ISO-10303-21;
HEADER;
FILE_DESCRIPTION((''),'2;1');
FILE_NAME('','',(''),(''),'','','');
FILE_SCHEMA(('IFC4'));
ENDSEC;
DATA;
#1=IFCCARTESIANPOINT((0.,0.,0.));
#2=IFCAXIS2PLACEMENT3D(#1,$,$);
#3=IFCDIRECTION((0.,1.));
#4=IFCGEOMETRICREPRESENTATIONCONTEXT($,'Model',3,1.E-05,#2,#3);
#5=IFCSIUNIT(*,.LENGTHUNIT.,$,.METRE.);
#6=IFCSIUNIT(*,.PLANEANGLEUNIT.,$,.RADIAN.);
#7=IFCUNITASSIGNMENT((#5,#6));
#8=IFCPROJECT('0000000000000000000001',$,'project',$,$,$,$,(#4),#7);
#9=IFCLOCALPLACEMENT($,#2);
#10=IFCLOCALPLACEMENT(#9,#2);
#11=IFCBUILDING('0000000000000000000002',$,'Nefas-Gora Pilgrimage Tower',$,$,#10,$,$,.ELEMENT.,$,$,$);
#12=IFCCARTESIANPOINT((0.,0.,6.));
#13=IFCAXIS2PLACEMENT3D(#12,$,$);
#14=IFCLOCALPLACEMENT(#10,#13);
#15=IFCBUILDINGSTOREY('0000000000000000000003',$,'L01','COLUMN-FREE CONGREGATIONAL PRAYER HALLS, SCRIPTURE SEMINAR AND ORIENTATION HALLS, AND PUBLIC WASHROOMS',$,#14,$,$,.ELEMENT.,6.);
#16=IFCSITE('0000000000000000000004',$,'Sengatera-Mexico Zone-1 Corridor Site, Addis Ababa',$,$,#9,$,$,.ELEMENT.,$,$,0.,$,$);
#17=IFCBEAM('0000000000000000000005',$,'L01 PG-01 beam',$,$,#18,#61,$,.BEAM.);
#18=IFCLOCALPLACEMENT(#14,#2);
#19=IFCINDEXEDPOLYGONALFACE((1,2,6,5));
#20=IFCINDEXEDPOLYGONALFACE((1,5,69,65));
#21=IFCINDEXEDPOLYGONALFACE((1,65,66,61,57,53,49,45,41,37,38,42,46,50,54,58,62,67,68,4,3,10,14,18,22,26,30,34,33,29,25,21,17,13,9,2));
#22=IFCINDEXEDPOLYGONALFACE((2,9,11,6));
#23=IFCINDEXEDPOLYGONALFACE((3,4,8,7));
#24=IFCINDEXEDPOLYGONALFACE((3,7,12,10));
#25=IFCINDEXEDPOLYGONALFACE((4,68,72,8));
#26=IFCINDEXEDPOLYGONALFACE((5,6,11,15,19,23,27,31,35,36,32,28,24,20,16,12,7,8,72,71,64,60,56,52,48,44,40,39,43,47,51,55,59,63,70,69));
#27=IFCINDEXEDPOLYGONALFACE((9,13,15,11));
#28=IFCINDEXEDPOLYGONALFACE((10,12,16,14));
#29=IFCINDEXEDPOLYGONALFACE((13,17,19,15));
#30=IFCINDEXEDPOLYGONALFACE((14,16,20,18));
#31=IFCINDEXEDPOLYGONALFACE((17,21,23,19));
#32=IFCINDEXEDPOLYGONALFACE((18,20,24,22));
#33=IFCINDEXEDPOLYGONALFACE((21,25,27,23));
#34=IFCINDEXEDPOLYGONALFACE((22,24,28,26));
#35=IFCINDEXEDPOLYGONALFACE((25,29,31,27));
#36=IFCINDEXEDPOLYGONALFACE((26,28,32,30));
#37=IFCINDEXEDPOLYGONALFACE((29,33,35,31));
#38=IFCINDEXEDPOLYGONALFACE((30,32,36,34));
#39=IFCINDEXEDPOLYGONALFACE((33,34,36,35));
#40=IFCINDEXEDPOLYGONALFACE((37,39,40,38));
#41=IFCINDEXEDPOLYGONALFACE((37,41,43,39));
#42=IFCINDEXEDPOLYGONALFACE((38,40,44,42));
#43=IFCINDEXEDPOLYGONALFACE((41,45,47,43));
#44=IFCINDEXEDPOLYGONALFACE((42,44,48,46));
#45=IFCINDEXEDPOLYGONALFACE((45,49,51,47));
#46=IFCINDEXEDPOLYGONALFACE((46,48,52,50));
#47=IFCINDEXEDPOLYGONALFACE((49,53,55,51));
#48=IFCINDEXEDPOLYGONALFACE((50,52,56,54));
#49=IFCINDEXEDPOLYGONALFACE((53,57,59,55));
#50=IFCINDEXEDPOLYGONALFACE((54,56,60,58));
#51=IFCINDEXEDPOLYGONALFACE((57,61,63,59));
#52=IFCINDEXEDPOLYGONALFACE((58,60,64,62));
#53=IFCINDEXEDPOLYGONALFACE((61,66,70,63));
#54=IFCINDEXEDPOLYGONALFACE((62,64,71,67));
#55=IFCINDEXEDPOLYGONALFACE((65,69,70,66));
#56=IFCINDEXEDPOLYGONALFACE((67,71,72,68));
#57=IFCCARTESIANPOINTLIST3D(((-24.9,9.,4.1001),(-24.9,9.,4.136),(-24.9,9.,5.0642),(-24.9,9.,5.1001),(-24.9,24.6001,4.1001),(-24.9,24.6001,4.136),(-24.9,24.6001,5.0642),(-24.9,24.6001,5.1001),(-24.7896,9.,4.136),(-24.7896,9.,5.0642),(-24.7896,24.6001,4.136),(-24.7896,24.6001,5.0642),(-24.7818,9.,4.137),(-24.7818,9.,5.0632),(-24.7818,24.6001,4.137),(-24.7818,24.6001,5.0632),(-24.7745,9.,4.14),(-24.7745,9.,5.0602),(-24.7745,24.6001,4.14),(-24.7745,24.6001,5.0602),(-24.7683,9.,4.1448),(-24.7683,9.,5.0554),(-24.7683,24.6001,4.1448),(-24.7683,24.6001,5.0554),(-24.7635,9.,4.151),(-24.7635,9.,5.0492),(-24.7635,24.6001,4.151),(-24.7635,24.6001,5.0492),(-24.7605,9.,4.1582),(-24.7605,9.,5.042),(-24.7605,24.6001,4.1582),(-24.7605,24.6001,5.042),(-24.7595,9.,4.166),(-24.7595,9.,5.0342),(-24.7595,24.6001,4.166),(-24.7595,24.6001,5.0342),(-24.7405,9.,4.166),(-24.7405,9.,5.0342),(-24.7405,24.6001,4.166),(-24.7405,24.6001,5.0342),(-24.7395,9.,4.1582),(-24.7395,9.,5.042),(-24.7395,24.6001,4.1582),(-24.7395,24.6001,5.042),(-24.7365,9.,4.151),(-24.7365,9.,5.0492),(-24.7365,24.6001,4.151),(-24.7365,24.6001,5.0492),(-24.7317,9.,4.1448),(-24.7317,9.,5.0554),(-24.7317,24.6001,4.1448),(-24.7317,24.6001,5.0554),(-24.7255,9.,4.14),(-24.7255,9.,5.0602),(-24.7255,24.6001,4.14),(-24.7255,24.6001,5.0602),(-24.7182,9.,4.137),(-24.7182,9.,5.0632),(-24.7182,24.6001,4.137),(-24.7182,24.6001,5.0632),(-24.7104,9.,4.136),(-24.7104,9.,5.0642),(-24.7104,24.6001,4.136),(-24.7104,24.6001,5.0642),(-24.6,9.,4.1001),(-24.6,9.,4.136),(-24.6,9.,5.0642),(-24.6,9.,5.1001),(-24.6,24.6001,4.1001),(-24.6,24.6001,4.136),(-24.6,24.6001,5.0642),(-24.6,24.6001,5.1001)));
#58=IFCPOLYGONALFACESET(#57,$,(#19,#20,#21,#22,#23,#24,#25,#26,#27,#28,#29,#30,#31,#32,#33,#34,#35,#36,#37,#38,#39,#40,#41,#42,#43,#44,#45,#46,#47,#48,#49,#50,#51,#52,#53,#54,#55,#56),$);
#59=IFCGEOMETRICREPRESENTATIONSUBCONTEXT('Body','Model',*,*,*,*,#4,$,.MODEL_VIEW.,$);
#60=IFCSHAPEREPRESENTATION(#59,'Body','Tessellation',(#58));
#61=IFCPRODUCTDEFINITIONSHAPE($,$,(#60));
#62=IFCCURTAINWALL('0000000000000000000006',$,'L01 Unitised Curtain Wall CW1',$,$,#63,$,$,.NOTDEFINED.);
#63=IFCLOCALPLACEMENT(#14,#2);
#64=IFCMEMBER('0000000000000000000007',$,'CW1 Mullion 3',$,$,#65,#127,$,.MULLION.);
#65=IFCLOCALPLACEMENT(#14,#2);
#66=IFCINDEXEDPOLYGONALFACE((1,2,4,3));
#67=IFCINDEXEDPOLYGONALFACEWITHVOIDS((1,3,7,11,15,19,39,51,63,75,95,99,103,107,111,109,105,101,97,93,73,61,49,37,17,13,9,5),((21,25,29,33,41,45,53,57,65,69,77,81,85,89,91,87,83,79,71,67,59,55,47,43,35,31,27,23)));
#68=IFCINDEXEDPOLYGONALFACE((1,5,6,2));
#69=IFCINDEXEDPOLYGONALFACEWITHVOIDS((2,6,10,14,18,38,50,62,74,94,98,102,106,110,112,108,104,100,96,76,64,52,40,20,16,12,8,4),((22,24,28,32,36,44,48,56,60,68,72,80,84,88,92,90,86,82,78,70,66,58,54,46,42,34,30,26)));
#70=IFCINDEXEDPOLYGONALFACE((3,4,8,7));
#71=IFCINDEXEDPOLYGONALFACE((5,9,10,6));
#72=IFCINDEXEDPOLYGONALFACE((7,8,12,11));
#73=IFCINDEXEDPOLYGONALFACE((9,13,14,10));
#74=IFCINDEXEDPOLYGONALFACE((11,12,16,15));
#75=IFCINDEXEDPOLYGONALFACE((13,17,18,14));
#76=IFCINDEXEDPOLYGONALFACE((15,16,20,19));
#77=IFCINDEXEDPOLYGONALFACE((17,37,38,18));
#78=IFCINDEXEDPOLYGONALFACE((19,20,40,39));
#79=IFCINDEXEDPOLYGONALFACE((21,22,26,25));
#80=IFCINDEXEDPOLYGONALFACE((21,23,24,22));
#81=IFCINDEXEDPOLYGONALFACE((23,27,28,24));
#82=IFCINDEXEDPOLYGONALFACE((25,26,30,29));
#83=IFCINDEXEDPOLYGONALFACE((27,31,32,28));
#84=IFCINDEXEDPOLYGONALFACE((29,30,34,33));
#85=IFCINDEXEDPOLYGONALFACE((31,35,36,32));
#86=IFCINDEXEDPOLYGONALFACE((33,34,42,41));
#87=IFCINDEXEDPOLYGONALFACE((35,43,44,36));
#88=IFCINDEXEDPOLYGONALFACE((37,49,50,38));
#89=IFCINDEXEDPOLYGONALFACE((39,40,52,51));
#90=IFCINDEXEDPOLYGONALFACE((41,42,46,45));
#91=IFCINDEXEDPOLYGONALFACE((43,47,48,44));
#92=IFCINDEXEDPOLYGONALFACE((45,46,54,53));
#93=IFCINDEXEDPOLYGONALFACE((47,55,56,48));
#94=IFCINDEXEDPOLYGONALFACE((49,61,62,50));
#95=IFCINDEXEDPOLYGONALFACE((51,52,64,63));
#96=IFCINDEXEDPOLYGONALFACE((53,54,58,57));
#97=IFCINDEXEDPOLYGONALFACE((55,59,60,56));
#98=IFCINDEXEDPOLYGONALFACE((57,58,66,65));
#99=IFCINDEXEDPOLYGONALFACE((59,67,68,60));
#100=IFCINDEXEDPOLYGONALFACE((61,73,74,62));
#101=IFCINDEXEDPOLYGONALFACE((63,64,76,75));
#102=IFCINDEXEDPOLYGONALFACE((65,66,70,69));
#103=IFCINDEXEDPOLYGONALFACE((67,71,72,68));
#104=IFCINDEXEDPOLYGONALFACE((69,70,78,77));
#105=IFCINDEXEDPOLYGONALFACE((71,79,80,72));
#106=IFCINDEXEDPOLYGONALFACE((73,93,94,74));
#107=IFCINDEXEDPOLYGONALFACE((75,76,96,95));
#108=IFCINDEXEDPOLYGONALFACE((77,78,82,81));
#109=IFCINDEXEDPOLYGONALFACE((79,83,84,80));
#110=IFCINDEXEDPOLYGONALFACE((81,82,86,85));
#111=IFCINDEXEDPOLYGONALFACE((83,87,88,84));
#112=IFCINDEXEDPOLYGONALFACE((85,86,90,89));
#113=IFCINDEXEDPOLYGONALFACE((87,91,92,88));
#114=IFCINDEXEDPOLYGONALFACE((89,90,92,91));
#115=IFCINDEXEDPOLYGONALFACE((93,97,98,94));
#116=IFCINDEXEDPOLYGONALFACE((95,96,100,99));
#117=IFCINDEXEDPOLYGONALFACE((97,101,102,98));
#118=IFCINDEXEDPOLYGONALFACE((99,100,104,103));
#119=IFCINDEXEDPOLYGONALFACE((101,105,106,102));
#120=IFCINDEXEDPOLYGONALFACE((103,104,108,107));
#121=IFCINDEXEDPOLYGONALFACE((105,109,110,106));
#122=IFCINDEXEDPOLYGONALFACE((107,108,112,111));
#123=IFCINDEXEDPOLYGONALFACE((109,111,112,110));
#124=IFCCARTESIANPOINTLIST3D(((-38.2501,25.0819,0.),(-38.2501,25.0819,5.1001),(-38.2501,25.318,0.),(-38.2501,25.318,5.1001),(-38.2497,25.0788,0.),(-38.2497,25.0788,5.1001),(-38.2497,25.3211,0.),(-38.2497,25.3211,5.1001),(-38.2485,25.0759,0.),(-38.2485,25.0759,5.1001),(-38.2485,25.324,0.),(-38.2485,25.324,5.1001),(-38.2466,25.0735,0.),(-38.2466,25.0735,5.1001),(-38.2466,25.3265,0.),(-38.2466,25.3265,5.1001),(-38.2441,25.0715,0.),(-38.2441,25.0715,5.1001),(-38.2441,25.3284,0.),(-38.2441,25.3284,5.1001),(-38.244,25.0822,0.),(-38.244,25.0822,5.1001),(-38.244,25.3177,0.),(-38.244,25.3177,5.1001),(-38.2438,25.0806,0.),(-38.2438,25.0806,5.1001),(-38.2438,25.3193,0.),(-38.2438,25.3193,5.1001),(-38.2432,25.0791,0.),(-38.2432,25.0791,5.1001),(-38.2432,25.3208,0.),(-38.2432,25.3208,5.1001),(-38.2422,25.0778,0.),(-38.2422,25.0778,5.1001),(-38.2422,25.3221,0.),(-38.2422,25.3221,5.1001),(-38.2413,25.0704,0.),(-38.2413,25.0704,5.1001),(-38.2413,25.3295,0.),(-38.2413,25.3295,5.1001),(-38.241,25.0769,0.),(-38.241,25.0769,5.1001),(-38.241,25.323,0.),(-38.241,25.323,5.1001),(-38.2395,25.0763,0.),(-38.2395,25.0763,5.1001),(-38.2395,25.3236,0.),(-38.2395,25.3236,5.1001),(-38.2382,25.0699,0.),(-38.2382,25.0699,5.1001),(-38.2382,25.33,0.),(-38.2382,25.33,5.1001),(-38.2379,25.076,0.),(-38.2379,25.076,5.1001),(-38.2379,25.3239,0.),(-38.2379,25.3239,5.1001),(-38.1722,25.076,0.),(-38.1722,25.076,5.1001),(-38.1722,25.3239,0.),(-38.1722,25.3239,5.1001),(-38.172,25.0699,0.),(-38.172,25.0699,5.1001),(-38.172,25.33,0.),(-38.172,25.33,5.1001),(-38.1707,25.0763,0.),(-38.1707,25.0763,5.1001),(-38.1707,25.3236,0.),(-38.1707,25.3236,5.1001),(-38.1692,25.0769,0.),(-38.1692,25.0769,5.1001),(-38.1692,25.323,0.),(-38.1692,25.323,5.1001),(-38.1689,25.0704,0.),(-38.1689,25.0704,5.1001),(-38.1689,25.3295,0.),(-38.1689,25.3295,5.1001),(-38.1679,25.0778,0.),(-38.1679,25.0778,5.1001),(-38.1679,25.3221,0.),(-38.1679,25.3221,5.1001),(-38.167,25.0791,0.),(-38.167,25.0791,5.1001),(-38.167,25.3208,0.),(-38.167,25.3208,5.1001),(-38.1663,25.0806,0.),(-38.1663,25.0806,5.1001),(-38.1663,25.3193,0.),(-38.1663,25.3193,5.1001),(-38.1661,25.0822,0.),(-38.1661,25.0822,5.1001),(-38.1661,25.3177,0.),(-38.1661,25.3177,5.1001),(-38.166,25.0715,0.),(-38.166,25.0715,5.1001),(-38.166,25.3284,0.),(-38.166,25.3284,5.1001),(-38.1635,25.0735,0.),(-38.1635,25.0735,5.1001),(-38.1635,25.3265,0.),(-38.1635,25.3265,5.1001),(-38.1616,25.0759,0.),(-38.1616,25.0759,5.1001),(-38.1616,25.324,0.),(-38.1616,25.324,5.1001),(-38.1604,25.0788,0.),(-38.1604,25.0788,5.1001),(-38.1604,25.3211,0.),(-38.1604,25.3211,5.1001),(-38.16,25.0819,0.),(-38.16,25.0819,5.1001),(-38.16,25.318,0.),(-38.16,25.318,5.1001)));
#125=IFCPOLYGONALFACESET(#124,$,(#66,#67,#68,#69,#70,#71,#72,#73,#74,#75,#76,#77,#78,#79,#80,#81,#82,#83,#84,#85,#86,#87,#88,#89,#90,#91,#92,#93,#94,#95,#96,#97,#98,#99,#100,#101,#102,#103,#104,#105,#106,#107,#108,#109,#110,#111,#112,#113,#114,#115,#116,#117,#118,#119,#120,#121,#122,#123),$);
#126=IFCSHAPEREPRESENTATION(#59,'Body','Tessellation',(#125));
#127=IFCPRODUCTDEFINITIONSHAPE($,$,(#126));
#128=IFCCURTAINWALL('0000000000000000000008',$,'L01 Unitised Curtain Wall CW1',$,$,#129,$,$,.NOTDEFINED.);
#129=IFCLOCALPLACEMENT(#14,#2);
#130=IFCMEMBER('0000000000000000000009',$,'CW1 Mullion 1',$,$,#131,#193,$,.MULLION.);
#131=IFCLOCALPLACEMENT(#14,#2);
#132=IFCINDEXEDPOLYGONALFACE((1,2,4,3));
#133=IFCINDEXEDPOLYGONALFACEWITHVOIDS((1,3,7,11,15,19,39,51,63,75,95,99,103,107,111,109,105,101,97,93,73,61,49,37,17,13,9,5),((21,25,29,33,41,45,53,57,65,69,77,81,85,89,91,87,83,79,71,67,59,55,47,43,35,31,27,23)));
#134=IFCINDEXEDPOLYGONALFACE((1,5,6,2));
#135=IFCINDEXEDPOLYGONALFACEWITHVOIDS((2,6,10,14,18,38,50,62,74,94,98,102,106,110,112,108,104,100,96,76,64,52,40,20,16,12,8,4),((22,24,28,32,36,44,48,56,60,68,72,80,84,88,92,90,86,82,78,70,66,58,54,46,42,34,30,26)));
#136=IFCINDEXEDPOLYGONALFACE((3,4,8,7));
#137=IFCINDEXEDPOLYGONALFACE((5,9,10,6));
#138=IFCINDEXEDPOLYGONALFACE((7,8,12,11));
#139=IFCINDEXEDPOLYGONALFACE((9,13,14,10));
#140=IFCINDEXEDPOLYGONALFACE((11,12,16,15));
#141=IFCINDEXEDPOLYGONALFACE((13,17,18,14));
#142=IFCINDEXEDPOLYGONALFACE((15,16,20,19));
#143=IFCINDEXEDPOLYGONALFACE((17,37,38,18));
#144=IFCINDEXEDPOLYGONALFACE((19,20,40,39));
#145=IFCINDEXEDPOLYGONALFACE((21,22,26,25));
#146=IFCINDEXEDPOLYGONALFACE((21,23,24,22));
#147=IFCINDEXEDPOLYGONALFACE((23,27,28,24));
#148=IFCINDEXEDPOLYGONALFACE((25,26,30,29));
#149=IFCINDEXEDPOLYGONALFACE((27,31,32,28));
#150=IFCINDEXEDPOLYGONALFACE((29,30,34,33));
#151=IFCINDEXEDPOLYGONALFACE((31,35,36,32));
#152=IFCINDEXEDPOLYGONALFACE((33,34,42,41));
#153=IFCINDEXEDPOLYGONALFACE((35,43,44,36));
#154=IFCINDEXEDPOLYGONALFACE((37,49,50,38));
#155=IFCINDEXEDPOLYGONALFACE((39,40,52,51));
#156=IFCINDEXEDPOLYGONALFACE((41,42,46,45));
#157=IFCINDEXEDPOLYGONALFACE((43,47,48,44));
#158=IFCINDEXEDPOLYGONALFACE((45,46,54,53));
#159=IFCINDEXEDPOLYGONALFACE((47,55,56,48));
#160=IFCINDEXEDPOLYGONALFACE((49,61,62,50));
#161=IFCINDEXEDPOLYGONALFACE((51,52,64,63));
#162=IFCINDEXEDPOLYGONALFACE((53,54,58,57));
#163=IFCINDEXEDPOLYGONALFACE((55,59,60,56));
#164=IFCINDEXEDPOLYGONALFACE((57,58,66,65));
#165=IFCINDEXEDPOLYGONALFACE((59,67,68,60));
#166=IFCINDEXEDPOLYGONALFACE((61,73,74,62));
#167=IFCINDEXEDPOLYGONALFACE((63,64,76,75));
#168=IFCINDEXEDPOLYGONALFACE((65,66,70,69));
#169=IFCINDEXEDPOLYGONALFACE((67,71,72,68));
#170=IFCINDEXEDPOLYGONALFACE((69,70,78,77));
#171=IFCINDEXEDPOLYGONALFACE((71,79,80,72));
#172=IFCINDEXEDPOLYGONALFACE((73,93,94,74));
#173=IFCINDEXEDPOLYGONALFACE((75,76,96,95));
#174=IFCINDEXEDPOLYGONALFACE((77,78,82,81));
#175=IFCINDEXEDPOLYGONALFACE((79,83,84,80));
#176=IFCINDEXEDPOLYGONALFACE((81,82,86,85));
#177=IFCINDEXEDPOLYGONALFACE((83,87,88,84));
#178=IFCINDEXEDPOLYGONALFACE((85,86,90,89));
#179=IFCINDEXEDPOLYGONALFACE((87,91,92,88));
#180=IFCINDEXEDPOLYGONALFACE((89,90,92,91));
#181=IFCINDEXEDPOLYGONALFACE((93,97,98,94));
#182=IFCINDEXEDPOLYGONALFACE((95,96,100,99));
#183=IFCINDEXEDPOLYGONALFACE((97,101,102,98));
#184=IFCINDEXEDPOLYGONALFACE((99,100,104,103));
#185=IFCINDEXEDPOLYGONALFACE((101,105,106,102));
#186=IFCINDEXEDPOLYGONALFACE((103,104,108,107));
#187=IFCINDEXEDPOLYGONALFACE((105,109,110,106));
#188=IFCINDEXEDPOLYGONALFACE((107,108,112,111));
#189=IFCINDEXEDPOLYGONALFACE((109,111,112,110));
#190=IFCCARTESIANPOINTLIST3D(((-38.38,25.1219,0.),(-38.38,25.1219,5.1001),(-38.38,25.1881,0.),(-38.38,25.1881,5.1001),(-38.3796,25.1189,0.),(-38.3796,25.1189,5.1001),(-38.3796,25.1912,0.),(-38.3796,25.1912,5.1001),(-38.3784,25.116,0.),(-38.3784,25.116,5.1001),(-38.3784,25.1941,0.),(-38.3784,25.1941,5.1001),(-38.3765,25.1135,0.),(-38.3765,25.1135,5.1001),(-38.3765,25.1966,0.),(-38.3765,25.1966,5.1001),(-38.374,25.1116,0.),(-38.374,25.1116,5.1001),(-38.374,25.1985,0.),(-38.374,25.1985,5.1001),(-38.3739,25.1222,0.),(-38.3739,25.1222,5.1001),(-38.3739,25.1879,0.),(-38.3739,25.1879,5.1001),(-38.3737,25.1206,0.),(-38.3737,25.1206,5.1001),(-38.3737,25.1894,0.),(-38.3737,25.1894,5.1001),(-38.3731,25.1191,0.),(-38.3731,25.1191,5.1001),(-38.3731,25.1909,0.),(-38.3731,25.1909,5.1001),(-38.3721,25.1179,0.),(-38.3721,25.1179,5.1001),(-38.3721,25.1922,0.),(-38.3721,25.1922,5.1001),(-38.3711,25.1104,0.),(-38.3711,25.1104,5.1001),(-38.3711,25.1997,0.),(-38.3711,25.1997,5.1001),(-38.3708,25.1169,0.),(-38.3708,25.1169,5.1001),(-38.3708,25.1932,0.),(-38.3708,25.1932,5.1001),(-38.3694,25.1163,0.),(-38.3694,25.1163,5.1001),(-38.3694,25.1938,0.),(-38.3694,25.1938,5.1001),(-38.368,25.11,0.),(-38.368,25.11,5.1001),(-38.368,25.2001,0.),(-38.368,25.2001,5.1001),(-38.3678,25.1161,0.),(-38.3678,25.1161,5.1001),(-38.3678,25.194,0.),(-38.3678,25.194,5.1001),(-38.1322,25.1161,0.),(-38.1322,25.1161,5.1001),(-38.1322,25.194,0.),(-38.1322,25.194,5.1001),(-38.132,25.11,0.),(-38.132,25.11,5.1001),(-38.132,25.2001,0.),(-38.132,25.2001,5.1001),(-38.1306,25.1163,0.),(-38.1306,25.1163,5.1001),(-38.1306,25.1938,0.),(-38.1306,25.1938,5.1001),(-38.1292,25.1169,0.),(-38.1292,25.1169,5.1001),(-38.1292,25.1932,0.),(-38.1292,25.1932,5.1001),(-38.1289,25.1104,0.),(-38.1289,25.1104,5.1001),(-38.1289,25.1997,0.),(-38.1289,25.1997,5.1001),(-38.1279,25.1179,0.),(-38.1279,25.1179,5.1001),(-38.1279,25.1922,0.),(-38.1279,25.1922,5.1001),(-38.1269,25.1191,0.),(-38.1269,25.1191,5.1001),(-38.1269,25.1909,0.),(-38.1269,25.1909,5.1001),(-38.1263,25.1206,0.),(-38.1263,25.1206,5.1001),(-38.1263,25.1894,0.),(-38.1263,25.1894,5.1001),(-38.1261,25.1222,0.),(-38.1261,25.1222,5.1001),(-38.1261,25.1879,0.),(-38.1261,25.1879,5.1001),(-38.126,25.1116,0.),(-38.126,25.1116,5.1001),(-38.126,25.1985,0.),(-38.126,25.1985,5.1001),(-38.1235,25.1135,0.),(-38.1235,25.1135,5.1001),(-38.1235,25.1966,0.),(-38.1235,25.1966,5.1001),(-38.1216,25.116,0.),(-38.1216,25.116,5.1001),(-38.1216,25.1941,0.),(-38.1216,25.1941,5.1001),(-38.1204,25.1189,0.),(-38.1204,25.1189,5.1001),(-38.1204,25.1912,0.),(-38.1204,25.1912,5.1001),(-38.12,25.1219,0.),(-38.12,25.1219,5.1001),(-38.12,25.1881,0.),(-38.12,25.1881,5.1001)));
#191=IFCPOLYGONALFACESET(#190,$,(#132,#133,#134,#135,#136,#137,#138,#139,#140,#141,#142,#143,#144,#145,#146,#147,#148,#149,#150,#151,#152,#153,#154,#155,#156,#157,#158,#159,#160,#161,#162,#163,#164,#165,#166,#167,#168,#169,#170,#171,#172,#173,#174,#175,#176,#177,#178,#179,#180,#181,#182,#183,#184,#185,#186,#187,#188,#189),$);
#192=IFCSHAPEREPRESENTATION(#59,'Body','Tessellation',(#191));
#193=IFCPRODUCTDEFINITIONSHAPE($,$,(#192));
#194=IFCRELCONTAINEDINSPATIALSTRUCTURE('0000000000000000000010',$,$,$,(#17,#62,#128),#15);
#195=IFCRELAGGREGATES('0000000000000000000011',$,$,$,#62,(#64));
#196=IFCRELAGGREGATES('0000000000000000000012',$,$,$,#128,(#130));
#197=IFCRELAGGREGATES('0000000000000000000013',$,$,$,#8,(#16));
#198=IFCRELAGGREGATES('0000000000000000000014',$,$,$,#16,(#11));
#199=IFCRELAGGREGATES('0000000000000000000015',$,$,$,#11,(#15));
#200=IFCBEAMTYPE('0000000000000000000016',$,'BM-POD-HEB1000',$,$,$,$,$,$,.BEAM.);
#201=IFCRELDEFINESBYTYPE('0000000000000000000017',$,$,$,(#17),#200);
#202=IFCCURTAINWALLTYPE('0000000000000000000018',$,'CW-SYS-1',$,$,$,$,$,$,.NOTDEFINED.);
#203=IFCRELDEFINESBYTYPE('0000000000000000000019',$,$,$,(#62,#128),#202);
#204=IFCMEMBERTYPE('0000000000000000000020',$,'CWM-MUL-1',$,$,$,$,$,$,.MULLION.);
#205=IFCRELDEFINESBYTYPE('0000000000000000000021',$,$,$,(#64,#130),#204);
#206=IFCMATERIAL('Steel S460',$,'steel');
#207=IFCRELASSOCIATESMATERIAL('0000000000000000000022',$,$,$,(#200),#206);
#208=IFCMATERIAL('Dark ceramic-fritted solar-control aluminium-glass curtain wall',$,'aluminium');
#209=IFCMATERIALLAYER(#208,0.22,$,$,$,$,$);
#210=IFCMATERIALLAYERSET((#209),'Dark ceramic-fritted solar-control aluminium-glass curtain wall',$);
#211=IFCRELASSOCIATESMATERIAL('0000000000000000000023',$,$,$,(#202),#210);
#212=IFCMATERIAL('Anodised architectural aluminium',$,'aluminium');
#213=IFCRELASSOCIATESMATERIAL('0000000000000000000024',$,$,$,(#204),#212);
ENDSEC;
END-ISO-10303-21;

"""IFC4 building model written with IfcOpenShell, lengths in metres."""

from ifc_helpers import new_model, si_unit, direction, frame, origin, origin_2d, place, context, subcontext, project, spatial, hollow_rectangle, i_section, extrude, source, transform, mapped, material, layer, layer_set, material_profile, profile_set, type_object, element, aggregate, save


model = new_model("IFC4")

# Units and contexts
model_context = context("Model", 3, precision=1e-05, world=origin(), true_north=direction((0.0, 1.0)))
body_context = subcontext(model_context, "Body", "Model", "MODEL_VIEW")
ifc_project = project(units=[si_unit("LENGTHUNIT", "METRE"), si_unit("PLANEANGLEUNIT", "RADIAN")], contexts=[model_context])

# Site, building, storey
site_placement = place(None, origin())
site = spatial("IfcSite", under=ifc_project, at=site_placement, Name="Sengatera-Mexico Zone-1 Corridor Site, Addis Ababa", CompositionType="ELEMENT", RefElevation=0.0)
building_placement = place(site_placement, origin())
building = spatial("IfcBuilding", under=site, at=building_placement, Name="Nefas-Gora Pilgrimage Tower", CompositionType="ELEMENT")
storey_placement = place(building_placement, frame((0.0, 0.0, 6.0)))
storey = spatial("IfcBuildingStorey", under=building, at=storey_placement, Name="L01", Description="COLUMN-FREE CONGREGATIONAL PRAYER HALLS, SCRIPTURE SEMINAR AND ORIENTATION HALLS, AND PUBLIC WASHROOMS", CompositionType="ELEMENT", Elevation=6.0)

# Shared definitions
ifc_material_1 = material(Name="Steel S460", Category="steel")

# Beam
ifc_material_profile_1 = material_profile(ifc_material_1, i_section(OverallWidth=0.3, OverallDepth=1.0, WebThickness=0.019, FlangeThickness=0.0359, FilletRadius=0.03, at=origin_2d()), Name="HEB 1000")
ifc_profile_set_1 = profile_set([ifc_material_profile_1], Name="Steel S460")
beam_type_1 = type_object("IfcBeamType", Name="BM-POD-HEB1000", PredefinedType="BEAM", material=ifc_profile_set_1)
shared_shape_1 = source(origin(), body_context, "Body", "SweptSolid", [
    extrude(i_section(OverallWidth=0.3, OverallDepth=1.0, WebThickness=0.019, FlangeThickness=0.0359, FilletRadius=0.03, at=origin_2d()), origin(), (0.0, 0.0, 1.0), 15.6001),
])
beam_1_placement = place(storey_placement, frame((-24.75, 9.0, 4.6001), z_axis=(0.0, 1.0, 0.0), x_axis=(-1.0, 0.0, 0.0)))
element("IfcBeam", 1, at=beam_1_placement, inside=storey, type_object=beam_type_1, Name="L01 PG-01 beam", PredefinedType="BEAM", context=body_context, shape_type="MappedRepresentation", body=[
    mapped(shared_shape_1, transform((0.0, 0.0, 0.0), x_axis=(1.0, 0.0, 0.0), y_axis=(0.0, 1.0, 0.0), z_axis=(0.0, 0.0, 1.0), scale=1.0)),
])

# Curtain wall, member
ifc_material_2 = material(Name="Dark ceramic-fritted solar-control aluminium-glass curtain wall", Category="aluminium")
ifc_layer_1 = layer(ifc_material_2, 0.22)
ifc_layer_set_1 = layer_set([ifc_layer_1], Name="Dark ceramic-fritted solar-control aluminium-glass curtain wall")
curtain_wall_type = type_object("IfcCurtainWallType", Name="CW-SYS-1", PredefinedType="NOTDEFINED", material=ifc_layer_set_1)
curtain_wall_1_placement = place(storey_placement, origin())
curtain_wall_1 = element("IfcCurtainWall", 2, at=curtain_wall_1_placement, inside=storey, type_object=curtain_wall_type, Name="L01 Unitised Curtain Wall CW1", PredefinedType="NOTDEFINED")
ifc_material_3 = material(Name="Anodised architectural aluminium", Category="aluminium")
ifc_material_profile_2 = material_profile(ifc_material_3, hollow_rectangle(XDim=0.0901, YDim=0.26, WallThickness=0.0061, InnerFilletRadius=0.0061, OuterFilletRadius=0.012, at=origin_2d()), Name="ALU MULLION 90x260")
ifc_profile_set_2 = profile_set([ifc_material_profile_2], Name="Anodised architectural aluminium")
member_type_1 = type_object("IfcMemberType", Name="CWM-MUL-1", PredefinedType="MULLION", material=ifc_profile_set_2)
shared_shape_2 = source(origin(), body_context, "Body", "SweptSolid", [
    extrude(hollow_rectangle(XDim=0.0901, YDim=0.26, WallThickness=0.0061, InnerFilletRadius=0.0061, OuterFilletRadius=0.012, at=origin_2d()), origin(), (0.0, 0.0, 1.0), 5.1001),
])
member_1_placement = place(storey_placement, frame((-38.2051, 25.2, 0.0), z_axis=(0.0, 0.0, 1.0), x_axis=(-1.0, 0.0, 0.0)))
member_1 = element("IfcMember", 3, at=member_1_placement, type_object=member_type_1, Name="CW1 Mullion 3", PredefinedType="MULLION", context=body_context, shape_type="MappedRepresentation", body=[
    mapped(shared_shape_2, transform((0.0, 0.0, 0.0), x_axis=(1.0, 0.0, 0.0), y_axis=(0.0, 1.0, 0.0), z_axis=(0.0, 0.0, 1.0), scale=1.0)),
])
aggregate(curtain_wall_1, [member_1])

# Curtain wall, member
curtain_wall_2_placement = place(storey_placement, origin())
curtain_wall_2 = element("IfcCurtainWall", 4, at=curtain_wall_2_placement, inside=storey, type_object=curtain_wall_type, Name="L01 Unitised Curtain Wall CW1", PredefinedType="NOTDEFINED")
member_2_placement = place(storey_placement, frame((-38.25, 25.155, 0.0), z_axis=(0.0, 0.0, 1.0), x_axis=(0.0, -1.0, 0.0)))
member_2 = element("IfcMember", 5, at=member_2_placement, type_object=member_type_1, Name="CW1 Mullion 1", PredefinedType="MULLION", context=body_context, shape_type="MappedRepresentation", body=[
    mapped(shared_shape_2, transform((0.0, 0.0, 0.0), x_axis=(1.0, 0.0, 0.0), y_axis=(0.0, 1.0, 0.0), z_axis=(0.0, 0.0, 1.0), scale=1.0)),
])
aggregate(curtain_wall_2, [member_2])

save(model, "model.ifc")
